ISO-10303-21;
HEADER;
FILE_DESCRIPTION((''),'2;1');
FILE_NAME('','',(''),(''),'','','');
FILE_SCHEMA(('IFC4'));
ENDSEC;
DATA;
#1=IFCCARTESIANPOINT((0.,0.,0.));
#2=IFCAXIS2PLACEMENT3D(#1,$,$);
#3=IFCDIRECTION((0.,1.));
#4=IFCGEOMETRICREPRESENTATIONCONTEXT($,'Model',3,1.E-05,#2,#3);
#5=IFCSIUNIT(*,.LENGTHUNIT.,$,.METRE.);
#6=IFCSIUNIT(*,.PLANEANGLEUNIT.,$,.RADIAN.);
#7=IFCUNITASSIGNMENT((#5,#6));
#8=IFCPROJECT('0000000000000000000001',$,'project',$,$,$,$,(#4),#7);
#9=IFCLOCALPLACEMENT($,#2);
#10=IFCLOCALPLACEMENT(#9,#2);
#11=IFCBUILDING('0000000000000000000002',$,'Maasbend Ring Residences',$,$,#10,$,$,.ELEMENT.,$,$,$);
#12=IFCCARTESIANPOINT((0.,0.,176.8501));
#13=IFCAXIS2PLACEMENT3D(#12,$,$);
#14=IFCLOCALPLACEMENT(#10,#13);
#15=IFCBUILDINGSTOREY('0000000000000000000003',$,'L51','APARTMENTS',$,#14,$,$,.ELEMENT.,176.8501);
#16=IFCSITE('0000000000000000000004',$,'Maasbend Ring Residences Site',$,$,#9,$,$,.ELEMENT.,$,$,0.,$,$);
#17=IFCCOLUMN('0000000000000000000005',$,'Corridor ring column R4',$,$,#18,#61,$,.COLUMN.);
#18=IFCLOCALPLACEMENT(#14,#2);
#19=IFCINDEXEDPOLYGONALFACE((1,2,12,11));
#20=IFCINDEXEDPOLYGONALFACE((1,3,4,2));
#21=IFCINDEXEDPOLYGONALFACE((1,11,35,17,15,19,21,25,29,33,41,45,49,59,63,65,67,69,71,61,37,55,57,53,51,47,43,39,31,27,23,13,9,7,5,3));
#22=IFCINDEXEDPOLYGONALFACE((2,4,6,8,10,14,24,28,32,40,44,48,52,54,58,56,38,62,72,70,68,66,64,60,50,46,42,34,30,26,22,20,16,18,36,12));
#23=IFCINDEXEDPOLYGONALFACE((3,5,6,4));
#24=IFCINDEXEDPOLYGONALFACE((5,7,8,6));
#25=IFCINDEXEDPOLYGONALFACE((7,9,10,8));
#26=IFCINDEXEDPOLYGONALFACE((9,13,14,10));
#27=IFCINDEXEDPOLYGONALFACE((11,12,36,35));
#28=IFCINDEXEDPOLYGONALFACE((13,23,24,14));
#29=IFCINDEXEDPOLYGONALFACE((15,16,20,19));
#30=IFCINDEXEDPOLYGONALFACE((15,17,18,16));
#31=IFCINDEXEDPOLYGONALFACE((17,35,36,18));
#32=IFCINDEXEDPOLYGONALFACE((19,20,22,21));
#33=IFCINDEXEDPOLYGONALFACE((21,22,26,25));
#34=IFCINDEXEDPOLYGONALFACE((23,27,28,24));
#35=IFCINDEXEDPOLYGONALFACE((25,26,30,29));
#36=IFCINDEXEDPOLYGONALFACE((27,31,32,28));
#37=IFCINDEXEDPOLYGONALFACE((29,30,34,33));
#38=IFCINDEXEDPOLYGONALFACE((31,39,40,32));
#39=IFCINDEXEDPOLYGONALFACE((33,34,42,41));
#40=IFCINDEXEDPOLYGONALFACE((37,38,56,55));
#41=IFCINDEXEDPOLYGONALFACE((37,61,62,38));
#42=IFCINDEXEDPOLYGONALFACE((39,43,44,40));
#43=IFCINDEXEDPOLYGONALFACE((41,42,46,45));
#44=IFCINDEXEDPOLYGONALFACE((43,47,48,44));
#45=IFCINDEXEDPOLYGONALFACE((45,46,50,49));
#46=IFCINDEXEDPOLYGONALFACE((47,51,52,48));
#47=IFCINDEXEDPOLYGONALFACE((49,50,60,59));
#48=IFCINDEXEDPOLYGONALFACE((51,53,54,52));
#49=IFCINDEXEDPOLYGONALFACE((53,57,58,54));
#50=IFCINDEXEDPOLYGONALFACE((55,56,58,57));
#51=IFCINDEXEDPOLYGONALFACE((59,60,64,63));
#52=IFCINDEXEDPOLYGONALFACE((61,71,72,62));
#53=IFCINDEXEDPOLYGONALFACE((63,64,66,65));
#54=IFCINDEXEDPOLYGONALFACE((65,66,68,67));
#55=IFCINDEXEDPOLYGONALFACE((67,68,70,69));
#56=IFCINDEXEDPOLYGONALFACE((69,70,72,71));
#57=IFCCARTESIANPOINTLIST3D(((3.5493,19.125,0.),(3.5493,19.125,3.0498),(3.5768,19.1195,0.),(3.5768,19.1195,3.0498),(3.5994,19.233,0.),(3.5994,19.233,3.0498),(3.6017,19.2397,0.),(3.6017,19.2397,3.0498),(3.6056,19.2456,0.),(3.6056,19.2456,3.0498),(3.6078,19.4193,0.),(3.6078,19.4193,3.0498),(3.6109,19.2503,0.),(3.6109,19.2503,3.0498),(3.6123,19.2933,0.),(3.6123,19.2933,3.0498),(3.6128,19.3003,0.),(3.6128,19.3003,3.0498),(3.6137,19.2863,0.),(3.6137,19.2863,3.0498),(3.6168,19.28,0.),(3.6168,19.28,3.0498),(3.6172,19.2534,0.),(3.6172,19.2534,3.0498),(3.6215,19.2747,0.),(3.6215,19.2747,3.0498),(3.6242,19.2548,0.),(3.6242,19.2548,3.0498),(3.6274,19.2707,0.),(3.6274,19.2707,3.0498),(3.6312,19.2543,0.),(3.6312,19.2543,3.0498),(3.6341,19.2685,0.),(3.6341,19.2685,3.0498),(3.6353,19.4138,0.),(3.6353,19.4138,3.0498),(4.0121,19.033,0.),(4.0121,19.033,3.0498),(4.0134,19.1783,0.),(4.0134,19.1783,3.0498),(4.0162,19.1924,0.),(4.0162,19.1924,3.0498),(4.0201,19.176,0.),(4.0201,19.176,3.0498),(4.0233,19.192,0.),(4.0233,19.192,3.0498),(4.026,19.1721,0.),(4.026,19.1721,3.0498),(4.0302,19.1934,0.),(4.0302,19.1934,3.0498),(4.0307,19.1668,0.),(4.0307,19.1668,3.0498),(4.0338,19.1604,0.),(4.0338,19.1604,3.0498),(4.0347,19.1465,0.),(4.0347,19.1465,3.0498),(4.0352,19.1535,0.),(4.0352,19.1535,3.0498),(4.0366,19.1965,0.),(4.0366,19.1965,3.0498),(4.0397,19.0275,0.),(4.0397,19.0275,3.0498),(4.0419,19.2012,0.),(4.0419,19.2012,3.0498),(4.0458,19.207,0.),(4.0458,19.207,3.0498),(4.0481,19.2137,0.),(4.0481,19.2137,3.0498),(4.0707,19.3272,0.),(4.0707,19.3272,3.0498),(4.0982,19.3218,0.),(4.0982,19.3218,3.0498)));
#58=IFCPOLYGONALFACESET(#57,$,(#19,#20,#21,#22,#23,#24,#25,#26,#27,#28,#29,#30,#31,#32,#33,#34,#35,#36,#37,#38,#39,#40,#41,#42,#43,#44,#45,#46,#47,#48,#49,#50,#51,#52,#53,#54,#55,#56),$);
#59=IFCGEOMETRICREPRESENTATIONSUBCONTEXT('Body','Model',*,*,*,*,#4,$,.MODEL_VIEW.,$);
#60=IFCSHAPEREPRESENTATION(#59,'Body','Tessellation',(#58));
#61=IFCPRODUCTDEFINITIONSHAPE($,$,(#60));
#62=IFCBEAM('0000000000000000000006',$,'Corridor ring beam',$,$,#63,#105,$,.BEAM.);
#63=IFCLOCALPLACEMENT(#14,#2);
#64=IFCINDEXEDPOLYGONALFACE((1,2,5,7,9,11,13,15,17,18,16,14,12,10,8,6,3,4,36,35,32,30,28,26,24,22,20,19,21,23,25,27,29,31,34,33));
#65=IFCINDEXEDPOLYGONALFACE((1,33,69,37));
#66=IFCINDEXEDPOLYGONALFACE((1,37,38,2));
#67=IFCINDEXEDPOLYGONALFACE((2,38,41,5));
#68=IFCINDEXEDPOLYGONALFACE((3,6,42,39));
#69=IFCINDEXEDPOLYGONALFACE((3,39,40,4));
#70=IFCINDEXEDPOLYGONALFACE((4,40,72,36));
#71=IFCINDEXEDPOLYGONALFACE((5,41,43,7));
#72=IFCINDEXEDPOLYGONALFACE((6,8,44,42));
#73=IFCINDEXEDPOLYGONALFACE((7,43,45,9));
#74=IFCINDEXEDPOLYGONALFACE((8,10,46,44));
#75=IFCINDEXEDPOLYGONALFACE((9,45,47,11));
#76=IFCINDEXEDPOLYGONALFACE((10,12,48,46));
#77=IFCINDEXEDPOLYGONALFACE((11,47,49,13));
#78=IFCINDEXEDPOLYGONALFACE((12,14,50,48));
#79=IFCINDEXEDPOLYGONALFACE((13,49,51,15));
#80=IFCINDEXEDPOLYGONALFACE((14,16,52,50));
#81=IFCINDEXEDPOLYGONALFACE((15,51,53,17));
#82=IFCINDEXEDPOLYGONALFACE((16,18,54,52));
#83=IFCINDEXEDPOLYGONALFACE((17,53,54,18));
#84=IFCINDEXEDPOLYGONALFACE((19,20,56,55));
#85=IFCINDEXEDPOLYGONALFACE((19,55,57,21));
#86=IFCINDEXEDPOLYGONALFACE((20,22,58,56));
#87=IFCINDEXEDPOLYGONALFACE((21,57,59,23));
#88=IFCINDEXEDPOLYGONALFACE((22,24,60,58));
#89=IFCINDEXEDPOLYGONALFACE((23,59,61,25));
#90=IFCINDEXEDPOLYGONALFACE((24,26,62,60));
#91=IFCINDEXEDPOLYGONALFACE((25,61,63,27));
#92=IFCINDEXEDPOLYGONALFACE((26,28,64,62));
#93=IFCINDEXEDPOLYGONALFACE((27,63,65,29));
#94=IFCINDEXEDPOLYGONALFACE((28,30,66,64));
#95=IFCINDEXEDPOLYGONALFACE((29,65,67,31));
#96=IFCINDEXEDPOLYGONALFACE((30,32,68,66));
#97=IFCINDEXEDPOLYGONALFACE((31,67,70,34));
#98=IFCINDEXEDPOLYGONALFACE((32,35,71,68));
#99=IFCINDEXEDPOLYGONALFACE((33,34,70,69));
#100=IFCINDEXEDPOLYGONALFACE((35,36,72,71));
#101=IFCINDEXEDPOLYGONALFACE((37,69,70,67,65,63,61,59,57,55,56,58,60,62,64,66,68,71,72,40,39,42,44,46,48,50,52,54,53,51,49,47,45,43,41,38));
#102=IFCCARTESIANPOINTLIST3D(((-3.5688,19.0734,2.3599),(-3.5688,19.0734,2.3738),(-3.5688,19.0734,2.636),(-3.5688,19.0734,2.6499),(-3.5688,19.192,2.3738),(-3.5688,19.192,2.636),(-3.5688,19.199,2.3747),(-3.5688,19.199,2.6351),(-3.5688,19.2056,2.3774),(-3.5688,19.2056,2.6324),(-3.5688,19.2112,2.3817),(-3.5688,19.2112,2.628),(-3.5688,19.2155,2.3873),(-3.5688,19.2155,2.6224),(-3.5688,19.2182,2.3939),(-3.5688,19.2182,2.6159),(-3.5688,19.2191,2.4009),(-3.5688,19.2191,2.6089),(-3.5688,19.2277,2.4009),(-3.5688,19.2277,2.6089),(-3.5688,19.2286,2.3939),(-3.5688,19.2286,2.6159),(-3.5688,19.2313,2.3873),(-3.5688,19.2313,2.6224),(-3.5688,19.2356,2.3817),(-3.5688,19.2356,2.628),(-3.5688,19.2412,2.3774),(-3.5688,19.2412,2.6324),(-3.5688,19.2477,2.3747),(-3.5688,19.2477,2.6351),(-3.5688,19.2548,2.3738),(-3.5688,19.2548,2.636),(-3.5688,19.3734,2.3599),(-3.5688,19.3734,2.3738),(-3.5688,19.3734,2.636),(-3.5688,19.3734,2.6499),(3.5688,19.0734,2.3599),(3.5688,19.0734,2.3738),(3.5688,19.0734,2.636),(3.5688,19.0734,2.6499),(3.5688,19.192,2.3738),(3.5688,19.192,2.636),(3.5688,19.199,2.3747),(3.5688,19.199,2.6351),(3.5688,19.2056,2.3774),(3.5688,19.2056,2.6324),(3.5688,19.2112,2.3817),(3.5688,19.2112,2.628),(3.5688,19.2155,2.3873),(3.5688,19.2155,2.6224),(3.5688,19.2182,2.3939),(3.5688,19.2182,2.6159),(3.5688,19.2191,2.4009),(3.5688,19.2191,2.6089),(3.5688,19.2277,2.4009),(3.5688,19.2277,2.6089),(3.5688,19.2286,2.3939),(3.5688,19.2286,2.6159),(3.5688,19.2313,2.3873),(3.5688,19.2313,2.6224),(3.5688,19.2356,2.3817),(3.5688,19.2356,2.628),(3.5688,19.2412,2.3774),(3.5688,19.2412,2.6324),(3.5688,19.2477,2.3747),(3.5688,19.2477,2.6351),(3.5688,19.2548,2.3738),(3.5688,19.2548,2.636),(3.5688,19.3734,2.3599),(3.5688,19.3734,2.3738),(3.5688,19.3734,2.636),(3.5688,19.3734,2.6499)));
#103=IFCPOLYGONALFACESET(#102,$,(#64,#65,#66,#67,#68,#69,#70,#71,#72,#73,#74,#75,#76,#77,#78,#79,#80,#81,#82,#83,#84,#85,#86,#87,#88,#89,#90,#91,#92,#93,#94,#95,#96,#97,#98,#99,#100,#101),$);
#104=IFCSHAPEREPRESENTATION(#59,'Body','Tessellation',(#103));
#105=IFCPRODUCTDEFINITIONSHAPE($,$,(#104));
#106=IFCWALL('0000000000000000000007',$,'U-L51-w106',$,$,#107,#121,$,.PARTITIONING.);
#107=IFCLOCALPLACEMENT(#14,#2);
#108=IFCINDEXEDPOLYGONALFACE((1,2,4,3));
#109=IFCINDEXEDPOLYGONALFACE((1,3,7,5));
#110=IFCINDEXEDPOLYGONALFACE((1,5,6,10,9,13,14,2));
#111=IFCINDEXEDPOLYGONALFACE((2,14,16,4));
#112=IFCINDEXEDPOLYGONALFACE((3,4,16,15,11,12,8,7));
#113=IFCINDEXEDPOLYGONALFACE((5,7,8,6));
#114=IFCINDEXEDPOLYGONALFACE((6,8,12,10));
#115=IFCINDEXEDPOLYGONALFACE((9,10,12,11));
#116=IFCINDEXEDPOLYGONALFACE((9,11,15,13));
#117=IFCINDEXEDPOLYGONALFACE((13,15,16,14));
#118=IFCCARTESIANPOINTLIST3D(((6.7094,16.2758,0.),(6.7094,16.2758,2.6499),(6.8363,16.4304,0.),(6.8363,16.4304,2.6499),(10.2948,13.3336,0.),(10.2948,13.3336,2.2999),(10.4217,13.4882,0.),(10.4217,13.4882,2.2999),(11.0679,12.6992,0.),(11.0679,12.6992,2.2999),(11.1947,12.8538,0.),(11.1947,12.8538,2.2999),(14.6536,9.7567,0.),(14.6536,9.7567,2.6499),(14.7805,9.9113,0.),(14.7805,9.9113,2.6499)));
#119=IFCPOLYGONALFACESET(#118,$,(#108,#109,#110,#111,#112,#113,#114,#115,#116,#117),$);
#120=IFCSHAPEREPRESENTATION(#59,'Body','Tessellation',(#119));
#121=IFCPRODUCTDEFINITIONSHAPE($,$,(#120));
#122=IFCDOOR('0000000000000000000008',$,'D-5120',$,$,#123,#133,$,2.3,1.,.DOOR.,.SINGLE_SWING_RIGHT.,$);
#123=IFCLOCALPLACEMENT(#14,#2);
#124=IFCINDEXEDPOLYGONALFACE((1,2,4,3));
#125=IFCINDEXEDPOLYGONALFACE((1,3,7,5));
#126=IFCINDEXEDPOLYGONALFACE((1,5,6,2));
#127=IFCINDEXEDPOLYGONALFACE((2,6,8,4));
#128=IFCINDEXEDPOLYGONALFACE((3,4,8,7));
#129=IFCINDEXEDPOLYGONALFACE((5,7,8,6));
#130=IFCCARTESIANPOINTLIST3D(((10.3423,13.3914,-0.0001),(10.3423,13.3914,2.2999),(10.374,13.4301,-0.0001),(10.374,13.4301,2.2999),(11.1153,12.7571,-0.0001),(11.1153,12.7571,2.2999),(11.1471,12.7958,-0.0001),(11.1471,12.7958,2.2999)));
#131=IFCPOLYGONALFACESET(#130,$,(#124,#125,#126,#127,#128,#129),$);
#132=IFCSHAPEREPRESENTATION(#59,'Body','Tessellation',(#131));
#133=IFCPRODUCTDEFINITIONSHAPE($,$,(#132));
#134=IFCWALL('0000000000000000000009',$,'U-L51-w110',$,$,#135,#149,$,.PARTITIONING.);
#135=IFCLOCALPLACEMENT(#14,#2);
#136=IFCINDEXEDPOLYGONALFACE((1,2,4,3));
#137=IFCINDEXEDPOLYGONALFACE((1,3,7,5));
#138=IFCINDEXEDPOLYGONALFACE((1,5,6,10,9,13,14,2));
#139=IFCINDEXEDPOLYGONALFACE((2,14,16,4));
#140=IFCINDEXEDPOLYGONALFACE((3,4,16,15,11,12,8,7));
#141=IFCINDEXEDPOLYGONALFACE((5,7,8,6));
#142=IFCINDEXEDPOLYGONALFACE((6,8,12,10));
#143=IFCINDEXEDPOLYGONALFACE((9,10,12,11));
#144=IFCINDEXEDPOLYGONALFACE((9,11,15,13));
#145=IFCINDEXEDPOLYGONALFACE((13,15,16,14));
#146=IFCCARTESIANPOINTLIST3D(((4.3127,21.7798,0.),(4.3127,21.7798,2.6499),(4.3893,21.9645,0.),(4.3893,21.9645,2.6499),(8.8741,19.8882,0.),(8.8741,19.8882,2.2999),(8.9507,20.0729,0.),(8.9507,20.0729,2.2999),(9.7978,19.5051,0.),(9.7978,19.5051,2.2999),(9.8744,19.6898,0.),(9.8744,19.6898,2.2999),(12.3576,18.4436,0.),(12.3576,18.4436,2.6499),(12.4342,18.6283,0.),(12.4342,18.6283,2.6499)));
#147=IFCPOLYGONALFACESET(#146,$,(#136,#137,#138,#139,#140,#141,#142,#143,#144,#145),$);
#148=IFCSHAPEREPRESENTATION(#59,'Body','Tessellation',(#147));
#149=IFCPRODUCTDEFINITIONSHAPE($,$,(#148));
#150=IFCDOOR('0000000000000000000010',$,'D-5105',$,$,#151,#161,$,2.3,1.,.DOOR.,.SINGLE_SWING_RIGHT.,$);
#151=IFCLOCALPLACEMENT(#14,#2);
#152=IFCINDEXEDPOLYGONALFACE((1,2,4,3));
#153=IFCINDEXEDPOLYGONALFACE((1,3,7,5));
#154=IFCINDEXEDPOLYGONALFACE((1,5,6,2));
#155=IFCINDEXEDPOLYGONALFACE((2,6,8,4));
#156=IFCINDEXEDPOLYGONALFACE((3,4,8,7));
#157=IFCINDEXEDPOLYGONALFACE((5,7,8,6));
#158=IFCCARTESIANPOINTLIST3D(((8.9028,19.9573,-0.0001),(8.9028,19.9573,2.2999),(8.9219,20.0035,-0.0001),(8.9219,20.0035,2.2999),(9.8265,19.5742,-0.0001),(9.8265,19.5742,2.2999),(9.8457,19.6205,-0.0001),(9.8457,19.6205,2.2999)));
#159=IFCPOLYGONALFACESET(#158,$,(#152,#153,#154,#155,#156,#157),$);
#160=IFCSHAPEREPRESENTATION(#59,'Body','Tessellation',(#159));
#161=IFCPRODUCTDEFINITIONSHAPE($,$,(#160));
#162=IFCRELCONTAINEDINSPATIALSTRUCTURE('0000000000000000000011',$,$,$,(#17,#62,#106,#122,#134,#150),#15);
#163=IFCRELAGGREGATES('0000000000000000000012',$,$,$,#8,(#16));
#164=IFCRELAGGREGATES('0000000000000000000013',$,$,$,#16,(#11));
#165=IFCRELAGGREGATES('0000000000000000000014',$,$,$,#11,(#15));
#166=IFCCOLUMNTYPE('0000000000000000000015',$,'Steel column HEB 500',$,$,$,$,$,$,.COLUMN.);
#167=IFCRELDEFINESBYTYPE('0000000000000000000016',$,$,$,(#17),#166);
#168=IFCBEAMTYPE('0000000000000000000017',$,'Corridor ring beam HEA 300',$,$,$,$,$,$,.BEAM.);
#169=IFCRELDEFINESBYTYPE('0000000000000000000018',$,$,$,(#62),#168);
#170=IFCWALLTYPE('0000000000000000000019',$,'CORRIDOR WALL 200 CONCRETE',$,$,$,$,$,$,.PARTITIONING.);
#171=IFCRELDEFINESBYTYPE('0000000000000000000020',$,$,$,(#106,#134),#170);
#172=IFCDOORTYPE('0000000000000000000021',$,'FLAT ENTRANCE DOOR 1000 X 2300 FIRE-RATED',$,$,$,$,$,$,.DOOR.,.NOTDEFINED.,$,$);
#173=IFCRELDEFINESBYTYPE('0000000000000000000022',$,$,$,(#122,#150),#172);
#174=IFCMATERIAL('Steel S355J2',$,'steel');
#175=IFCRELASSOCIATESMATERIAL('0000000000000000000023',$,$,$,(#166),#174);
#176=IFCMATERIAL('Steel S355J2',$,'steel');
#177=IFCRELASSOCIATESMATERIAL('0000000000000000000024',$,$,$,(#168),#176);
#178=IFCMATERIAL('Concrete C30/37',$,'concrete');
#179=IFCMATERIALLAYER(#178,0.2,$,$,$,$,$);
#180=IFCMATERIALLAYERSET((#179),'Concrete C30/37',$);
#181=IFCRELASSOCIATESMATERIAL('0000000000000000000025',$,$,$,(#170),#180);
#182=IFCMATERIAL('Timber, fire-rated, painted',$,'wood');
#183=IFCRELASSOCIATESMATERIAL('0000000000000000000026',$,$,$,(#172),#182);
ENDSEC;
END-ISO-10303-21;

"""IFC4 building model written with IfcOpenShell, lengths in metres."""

from ifc_helpers import new_model, si_unit, direction, frame, frame_2d, origin, origin_2d, place, context, subcontext, project, spatial, rectangle, i_section, extrude, material, layer, layer_set, material_profile, profile_set, type_object, element, fill, save


model = new_model("IFC4")

# Units and contexts
model_context = context("Model", 3, precision=1e-05, world=origin(), true_north=direction((0.0, 1.0)))
body_context = subcontext(model_context, "Body", "Model", "MODEL_VIEW")
ifc_project = project(units=[si_unit("LENGTHUNIT", "METRE"), si_unit("PLANEANGLEUNIT", "RADIAN")], contexts=[model_context])

# Site, building, storey
site_placement = place(None, origin())
site = spatial("IfcSite", under=ifc_project, at=site_placement, Name="Maasbend Ring Residences Site", CompositionType="ELEMENT", RefElevation=0.0)
building_placement = place(site_placement, origin())
building = spatial("IfcBuilding", under=site, at=building_placement, Name="Maasbend Ring Residences", CompositionType="ELEMENT")
storey_placement = place(building_placement, frame((0.0, 0.0, 176.8501)))
storey = spatial("IfcBuildingStorey", under=building, at=storey_placement, Name="L51", Description="APARTMENTS", CompositionType="ELEMENT", Elevation=176.8501)

# Column
ifc_material_1 = material(Name="Steel S355J2", Category="steel")
ifc_material_profile_1 = material_profile(ifc_material_1, i_section(OverallWidth=0.3, OverallDepth=0.5, WebThickness=0.0144, FlangeThickness=0.0281, FilletRadius=0.0271, at=origin_2d()), Name="HEB 500")
ifc_profile_set_1 = profile_set([ifc_material_profile_1], Name="Steel S355J2")
column_type = type_object("IfcColumnType", Name="Steel column HEB 500", PredefinedType="COLUMN", material=ifc_profile_set_1)
column_placement = place(storey_placement, frame((3.8237, 19.2234, 0.0), z_axis=(0.0, 0.0, 1.0), x_axis=(0.19509, 0.980785, 0.0)))
element("IfcColumn", 1, at=column_placement, inside=storey, type_object=column_type, Name="Corridor ring column R4", PredefinedType="COLUMN", context=body_context, shape_type="SweptSolid", body=[
    extrude(i_section(OverallWidth=0.3, OverallDepth=0.5, WebThickness=0.0144, FlangeThickness=0.0281, FilletRadius=0.0271, at=origin_2d()), origin(), (0.0, 0.0, 1.0), 3.0498),
])

# Beam
ifc_material_2 = material(Name="Steel S355J2", Category="steel")
ifc_material_profile_2 = material_profile(ifc_material_2, i_section(OverallWidth=0.3, OverallDepth=0.29, WebThickness=0.0085, FlangeThickness=0.0139, FilletRadius=0.0271, at=origin_2d()), Name="HEA 300")
ifc_profile_set_2 = profile_set([ifc_material_profile_2], Name="Steel S355J2")
beam_type = type_object("IfcBeamType", Name="Corridor ring beam HEA 300", PredefinedType="BEAM", material=ifc_profile_set_2)
beam_placement = place(storey_placement, frame((3.5688, 19.2234, 2.5049), z_axis=(-1.0, 0.0, 0.0), x_axis=(0.0, -1.0, 0.0)))
element("IfcBeam", 2, at=beam_placement, inside=storey, type_object=beam_type, Name="Corridor ring beam", PredefinedType="BEAM", context=body_context, shape_type="SweptSolid", body=[
    extrude(i_section(OverallWidth=0.3, OverallDepth=0.29, WebThickness=0.0085, FlangeThickness=0.0139, FilletRadius=0.0271, at=origin_2d()), origin(), (0.0, 0.0, 1.0), 7.1377),
])

# Walls, openings, doors
ifc_material_3 = material(Name="Concrete C30/37", Category="concrete")
ifc_layer_1 = layer(ifc_material_3, 0.2)
ifc_layer_set_1 = layer_set([ifc_layer_1], Name="Concrete C30/37")
wall_type_1 = type_object("IfcWallType", Name="CORRIDOR WALL 200 CONCRETE", PredefinedType="PARTITIONING", material=ifc_layer_set_1)
wall_1_placement = place(storey_placement, frame((6.7729, 16.353, 0.0), z_axis=(0.0, 0.0, 1.0), x_axis=(0.773035, -0.634364, 0.0)))
wall_1 = element("IfcWall", 3, at=wall_1_placement, inside=storey, type_object=wall_type_1, Name="U-L51-w106", PredefinedType="PARTITIONING", context=body_context, shape_type="SweptSolid", body=[
    extrude(rectangle(XDim=10.2766, YDim=0.2, at=frame_2d((5.1382, 0.0))), origin(), (0.0, 0.0, 1.0), 2.6499),
])
opening_1_placement = place(wall_1_placement, frame((4.6379, 0.0, 0.0)))
opening_1 = element("IfcOpeningElement", 4, at=opening_1_placement, cuts=wall_1, PredefinedType="OPENING", context=body_context, shape_type="SweptSolid", body=[
    extrude(rectangle(XDim=1.0, YDim=2.3, at=frame_2d((0.5, 1.1499))), frame((0.0, 0.1099, 0.0), z_axis=(0.0, -1.0, 0.0), x_axis=(1.0, 0.0, 0.0)), (0.0, 0.0, 1.0), 0.22),
])
ifc_material_4 = material(Name="Timber, fire-rated, painted", Category="wood")
door_type_1 = type_object("IfcDoorType", Name="FLAT ENTRANCE DOOR 1000 X 2300 FIRE-RATED", OperationType="NOTDEFINED", PredefinedType="DOOR", material=ifc_material_4)
door_1_placement = place(opening_1_placement, origin())
door_1 = element("IfcDoor", 5, at=door_1_placement, inside=storey, type_object=door_type_1, Name="D-5120", OperationType="SINGLE_SWING_RIGHT", OverallHeight=2.3, OverallWidth=1.0, PredefinedType="DOOR", context=body_context, shape_type="SweptSolid", body=[
    extrude(rectangle(XDim=1.0, YDim=2.3, at=frame_2d((0.5, 1.1499))), frame((0.0, 0.0249, 0.0), z_axis=(0.0, -1.0, 0.0), x_axis=(1.0, 0.0, 0.0)), (0.0, 0.0, 1.0), 0.05),
])
fill(opening_1, door_1)
wall_2_placement = place(storey_placement, frame((4.3511, 21.8721, 0.0), z_axis=(0.0, 0.0, 1.0), x_axis=(0.923723, -0.383062, 0.0)))
wall_2 = element("IfcWall", 6, at=wall_2_placement, inside=storey, type_object=wall_type_1, Name="U-L51-w110", PredefinedType="PARTITIONING", context=body_context, shape_type="SweptSolid", body=[
    extrude(rectangle(XDim=8.7092, YDim=0.2, at=frame_2d((4.3545, 0.0))), origin(), (0.0, 0.0, 1.0), 2.6499),
])
opening_2_placement = place(wall_2_placement, frame((4.938, 0.0, 0.0)))
opening_2 = element("IfcOpeningElement", 7, at=opening_2_placement, cuts=wall_2, PredefinedType="OPENING", context=body_context, shape_type="SweptSolid", body=[
    extrude(rectangle(XDim=1.0, YDim=2.3, at=frame_2d((0.5, 1.1499))), frame((0.0, 0.1099, 0.0), z_axis=(0.0, -1.0, 0.0), x_axis=(1.0, 0.0, 0.0)), (0.0, 0.0, 1.0), 0.22),
])
door_2_placement = place(opening_2_placement, origin())
door_2 = element("IfcDoor", 8, at=door_2_placement, inside=storey, type_object=door_type_1, Name="D-5105", OperationType="SINGLE_SWING_RIGHT", OverallHeight=2.3, OverallWidth=1.0, PredefinedType="DOOR", context=body_context, shape_type="SweptSolid", body=[
    extrude(rectangle(XDim=1.0, YDim=2.3, at=frame_2d((0.5, 1.1499))), frame((0.0, 0.0249, 0.0), z_axis=(0.0, -1.0, 0.0), x_axis=(1.0, 0.0, 0.0)), (0.0, 0.0, 1.0), 0.05),
])
fill(opening_2, door_2)

save(model, "model.ifc")
